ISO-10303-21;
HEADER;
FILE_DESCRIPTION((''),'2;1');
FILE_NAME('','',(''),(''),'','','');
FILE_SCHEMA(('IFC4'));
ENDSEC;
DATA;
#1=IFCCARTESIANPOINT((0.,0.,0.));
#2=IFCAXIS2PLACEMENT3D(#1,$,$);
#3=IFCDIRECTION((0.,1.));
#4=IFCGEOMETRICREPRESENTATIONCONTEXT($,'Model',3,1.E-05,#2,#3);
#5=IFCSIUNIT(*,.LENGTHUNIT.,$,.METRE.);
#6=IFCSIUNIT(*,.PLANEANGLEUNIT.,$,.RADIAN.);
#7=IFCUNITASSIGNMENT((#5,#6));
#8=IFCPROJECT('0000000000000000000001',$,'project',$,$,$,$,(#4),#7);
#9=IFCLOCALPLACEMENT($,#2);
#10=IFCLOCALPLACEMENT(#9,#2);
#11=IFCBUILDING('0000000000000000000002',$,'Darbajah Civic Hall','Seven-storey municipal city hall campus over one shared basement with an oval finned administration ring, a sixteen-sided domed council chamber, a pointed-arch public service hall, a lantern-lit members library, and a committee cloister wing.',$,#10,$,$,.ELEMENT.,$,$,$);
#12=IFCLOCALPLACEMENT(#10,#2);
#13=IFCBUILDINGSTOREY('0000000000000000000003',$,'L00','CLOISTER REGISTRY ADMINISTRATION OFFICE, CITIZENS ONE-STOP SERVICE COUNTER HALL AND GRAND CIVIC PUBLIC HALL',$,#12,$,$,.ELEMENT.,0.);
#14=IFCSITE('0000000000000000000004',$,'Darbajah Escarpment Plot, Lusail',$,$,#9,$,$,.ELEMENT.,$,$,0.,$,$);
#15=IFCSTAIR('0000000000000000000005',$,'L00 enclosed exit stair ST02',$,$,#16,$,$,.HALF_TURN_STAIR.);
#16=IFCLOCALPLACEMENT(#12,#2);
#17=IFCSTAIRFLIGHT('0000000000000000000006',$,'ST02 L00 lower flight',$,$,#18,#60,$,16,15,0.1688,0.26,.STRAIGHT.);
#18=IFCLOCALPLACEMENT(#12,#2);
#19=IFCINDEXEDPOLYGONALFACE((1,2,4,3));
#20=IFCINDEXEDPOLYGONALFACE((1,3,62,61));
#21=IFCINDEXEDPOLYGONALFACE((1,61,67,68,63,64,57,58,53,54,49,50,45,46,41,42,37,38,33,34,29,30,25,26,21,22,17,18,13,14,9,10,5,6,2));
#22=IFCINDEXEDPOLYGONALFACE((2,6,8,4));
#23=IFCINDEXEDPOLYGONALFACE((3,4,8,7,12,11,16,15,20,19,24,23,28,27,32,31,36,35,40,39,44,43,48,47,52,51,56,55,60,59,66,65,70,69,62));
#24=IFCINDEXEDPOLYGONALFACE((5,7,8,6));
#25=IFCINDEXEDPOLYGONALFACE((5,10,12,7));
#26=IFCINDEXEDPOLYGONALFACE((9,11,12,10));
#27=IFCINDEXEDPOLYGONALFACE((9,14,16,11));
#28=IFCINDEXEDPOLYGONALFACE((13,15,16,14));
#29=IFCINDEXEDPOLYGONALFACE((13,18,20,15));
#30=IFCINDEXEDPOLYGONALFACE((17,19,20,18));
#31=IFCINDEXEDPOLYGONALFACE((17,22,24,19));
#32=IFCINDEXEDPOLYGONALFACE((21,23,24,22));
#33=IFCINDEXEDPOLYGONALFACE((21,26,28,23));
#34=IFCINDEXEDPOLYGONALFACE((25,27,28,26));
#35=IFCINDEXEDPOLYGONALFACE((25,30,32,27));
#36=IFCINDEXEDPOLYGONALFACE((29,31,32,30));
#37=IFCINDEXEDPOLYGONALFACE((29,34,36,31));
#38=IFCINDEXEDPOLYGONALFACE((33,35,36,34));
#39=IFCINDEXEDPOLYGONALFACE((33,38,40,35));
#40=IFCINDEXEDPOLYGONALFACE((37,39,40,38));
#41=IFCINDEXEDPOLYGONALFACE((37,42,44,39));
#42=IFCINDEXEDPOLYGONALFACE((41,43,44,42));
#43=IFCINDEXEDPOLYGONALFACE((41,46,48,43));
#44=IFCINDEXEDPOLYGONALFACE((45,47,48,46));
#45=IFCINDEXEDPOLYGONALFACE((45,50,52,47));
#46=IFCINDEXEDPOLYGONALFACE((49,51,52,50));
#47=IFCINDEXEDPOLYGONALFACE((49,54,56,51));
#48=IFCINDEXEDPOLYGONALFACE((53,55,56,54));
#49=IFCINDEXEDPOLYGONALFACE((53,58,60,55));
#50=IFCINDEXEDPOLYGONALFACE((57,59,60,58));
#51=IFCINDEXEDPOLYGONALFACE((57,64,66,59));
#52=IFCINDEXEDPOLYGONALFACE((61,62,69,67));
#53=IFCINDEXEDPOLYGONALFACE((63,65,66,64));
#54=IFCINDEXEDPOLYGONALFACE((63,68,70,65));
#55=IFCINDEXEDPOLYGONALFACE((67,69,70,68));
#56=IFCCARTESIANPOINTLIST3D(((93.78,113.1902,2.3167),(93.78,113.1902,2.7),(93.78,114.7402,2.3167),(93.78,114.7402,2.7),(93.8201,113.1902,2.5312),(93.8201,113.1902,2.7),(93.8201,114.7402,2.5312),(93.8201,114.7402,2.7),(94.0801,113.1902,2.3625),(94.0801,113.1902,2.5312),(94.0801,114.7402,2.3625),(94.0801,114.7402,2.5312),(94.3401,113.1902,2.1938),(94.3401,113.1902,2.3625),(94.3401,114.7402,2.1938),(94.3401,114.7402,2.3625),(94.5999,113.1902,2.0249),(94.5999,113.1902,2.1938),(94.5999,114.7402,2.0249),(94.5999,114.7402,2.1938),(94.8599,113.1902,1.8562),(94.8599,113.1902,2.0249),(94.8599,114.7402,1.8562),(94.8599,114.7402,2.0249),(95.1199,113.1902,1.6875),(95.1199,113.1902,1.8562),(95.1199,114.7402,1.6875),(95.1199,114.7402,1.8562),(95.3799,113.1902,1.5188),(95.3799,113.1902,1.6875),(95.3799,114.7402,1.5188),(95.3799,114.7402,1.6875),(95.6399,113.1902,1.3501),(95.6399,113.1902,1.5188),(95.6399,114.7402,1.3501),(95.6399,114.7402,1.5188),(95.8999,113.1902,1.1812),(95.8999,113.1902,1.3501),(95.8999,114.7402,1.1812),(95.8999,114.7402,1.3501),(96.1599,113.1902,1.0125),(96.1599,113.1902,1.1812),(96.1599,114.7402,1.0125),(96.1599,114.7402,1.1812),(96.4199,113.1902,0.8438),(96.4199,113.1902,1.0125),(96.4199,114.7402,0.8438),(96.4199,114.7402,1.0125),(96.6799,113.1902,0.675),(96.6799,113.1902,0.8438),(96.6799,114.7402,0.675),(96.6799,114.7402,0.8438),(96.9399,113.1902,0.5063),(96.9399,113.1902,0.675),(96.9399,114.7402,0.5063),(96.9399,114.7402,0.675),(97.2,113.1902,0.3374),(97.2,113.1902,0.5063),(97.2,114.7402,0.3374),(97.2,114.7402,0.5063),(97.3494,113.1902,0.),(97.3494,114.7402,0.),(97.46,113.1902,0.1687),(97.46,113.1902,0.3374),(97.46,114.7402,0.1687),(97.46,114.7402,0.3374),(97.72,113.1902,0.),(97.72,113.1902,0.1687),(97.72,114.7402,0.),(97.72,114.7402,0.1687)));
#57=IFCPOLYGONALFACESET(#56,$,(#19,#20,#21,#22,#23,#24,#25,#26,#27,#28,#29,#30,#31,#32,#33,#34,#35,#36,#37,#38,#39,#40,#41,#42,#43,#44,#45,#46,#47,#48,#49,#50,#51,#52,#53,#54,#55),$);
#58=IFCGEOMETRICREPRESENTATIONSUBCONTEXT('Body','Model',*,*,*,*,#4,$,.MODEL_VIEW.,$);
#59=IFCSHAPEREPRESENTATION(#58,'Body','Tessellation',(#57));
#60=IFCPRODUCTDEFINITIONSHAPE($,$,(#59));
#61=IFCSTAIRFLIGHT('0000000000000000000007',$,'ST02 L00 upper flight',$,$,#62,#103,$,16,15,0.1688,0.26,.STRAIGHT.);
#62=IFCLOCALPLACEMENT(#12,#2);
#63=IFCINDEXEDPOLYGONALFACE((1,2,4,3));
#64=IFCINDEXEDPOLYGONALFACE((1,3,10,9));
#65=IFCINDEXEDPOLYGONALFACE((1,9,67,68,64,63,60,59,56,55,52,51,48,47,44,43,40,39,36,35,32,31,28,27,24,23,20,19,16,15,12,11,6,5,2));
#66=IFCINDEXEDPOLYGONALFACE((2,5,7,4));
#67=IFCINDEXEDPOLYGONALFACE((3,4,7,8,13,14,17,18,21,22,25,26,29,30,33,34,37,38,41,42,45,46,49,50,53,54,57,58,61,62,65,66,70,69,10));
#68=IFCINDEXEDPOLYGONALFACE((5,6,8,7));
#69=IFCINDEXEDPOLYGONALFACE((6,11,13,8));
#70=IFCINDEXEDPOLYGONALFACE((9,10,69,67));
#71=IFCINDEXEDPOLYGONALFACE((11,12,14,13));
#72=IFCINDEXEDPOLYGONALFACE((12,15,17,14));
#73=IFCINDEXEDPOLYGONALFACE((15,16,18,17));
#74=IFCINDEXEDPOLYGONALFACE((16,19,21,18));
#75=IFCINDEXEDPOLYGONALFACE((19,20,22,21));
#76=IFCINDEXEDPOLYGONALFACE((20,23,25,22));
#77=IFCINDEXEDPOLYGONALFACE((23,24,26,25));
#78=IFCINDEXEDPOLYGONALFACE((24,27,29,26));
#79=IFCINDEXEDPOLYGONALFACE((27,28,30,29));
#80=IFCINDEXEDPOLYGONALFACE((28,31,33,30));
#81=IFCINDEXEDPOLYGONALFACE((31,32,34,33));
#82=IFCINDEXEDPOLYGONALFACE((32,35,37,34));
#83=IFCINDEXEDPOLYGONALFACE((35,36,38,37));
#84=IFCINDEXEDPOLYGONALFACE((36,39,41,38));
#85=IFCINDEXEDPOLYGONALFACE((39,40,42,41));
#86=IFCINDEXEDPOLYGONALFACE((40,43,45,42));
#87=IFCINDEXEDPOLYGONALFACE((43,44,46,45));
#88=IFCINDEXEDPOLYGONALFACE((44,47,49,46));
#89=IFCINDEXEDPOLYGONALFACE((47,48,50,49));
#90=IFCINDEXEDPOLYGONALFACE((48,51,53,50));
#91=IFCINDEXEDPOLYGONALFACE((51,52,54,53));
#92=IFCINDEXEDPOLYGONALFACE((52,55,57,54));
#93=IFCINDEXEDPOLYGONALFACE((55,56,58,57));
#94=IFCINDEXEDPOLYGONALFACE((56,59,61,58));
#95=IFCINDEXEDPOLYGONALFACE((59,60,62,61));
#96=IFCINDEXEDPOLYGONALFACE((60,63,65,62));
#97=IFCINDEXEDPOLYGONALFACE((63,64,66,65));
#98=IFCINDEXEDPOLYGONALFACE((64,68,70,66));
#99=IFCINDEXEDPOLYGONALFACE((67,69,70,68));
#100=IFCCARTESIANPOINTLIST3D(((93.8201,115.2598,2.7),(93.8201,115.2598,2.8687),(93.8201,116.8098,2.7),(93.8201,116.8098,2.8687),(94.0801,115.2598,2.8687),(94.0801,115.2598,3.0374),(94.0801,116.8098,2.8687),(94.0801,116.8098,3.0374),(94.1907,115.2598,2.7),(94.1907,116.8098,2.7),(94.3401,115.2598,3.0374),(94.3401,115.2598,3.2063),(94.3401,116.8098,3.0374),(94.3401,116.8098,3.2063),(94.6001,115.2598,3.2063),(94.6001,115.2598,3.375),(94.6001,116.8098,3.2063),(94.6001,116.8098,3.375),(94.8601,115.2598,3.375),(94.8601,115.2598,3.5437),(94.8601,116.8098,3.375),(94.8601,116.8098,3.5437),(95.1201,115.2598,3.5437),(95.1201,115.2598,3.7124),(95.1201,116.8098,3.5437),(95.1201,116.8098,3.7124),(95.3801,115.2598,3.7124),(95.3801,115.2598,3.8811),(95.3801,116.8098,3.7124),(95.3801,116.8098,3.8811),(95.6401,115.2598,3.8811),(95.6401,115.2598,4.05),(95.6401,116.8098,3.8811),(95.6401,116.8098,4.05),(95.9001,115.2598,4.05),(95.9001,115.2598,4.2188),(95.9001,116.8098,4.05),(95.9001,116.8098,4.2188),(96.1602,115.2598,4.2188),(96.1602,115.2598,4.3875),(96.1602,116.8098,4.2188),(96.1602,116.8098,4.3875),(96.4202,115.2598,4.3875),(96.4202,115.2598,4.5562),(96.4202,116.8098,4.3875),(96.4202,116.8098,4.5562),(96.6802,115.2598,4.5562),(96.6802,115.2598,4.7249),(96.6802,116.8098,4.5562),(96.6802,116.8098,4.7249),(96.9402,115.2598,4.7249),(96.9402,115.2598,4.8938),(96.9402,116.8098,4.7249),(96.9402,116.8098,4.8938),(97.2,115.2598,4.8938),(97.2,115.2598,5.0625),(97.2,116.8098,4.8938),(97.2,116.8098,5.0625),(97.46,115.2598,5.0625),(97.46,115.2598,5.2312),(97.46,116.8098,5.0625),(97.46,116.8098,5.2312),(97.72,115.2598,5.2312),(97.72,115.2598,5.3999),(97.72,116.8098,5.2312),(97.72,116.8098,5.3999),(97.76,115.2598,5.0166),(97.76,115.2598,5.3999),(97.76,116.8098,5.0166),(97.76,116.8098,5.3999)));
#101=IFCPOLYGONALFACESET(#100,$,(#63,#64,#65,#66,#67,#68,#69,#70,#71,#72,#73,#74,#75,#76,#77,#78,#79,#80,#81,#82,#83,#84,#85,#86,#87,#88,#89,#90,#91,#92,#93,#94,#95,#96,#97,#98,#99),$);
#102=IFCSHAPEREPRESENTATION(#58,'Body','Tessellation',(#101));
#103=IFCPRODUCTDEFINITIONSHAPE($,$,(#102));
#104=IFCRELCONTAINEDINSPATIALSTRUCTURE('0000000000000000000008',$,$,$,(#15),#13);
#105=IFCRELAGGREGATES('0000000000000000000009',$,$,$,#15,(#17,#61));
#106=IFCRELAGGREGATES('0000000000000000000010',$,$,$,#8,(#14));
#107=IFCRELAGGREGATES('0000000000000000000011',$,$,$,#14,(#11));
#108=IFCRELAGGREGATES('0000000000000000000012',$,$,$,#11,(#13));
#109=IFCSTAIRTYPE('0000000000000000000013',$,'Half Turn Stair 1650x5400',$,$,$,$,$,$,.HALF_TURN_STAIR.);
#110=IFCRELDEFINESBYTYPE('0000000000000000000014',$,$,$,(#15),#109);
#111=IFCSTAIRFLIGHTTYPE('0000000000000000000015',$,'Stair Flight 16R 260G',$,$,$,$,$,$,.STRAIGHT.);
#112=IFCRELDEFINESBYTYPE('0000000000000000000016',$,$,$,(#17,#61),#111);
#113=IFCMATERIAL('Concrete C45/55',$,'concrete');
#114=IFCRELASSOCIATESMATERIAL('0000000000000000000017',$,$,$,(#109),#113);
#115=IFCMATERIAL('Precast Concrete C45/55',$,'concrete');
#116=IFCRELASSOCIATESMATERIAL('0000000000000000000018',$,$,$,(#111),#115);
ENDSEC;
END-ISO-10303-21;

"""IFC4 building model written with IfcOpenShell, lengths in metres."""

from ifc_helpers import new_model, si_unit, direction, frame, origin, place, context, subcontext, project, spatial, polyline, outline, extrude, material, type_object, element, aggregate, save


model = new_model("IFC4")

# Units and contexts
model_context = context("Model", 3, precision=1e-05, world=origin(), true_north=direction((0.0, 1.0)))
body_context = subcontext(model_context, "Body", "Model", "MODEL_VIEW")
ifc_project = project(units=[si_unit("LENGTHUNIT", "METRE"), si_unit("PLANEANGLEUNIT", "RADIAN")], contexts=[model_context])

# Site, building, storey
site_placement = place(None, origin())
site = spatial("IfcSite", under=ifc_project, at=site_placement, Name="Darbajah Escarpment Plot, Lusail", CompositionType="ELEMENT", RefElevation=0.0)
building_placement = place(site_placement, origin())
building = spatial("IfcBuilding", under=site, at=building_placement, Name="Darbajah Civic Hall", Description="Seven-storey municipal city hall campus over one shared basement with an oval finned administration ring, a sixteen-sided domed council chamber, a pointed-arch public service hall, a lantern-lit members library, and a committee cloister wing.", CompositionType="ELEMENT")
storey_placement = place(building_placement, origin())
storey = spatial("IfcBuildingStorey", under=building, at=storey_placement, Name="L00", Description="CLOISTER REGISTRY ADMINISTRATION OFFICE, CITIZENS ONE-STOP SERVICE COUNTER HALL AND GRAND CIVIC PUBLIC HALL", CompositionType="ELEMENT", Elevation=0.0)

# Shared definitions
ifc_material_1 = material(Name="Concrete C45/55", Category="concrete")

# Shared definitions
stair_type = type_object("IfcStairType", Name="Half Turn Stair 1650x5400", PredefinedType="HALF_TURN_STAIR", material=ifc_material_1)
ifc_material_2 = material(Name="Precast Concrete C45/55", Category="concrete")
stair_flight_type = type_object("IfcStairFlightType", Name="Stair Flight 16R 260G", PredefinedType="STRAIGHT", material=ifc_material_2)

# Stair, stair flights
stair_1_placement = place(storey_placement, origin())
stair_1 = element("IfcStair", 1, at=stair_1_placement, inside=storey, type_object=stair_type, Name="L00 enclosed exit stair ST02", PredefinedType="HALF_TURN_STAIR")
stair_flight_1_placement = place(storey_placement, frame((97.72, 113.9651, 0.0), z_axis=(0.0, 0.0, 1.0), x_axis=(-1.0, 0.0, 0.0)))
stair_flight_1 = element("IfcStairFlight", 2, at=stair_flight_1_placement, type_object=stair_flight_type, Name="ST02 L00 lower flight", NumberOfRisers=16, NumberOfTreads=15, PredefinedType="STRAIGHT", RiserHeight=0.1688, TreadLength=0.26, context=body_context, shape_type="SweptSolid", body=[
    extrude(outline(polyline([(0.0, 0.0), (0.0, 0.1687), (0.26, 0.1687), (0.26, 0.3374), (0.52, 0.3374), (0.52, 0.5063), (0.78, 0.5063), (0.78, 0.675), (1.04, 0.675), (1.04, 0.8438), (1.3, 0.8438), (1.3, 1.0125), (1.5601, 1.0125), (1.5601, 1.1812), (1.8201, 1.1812), (1.8201, 1.3501), (2.0801, 1.3501), (2.0801, 1.5188), (2.3401, 1.5188), (2.3401, 1.6875), (2.6001, 1.6875), (2.6001, 1.8562), (2.8601, 1.8562), (2.8601, 2.0249), (3.1201, 2.0249), (3.1201, 2.1938), (3.3799, 2.1938), (3.3799, 2.3625), (3.6399, 2.3625), (3.6399, 2.5312), (3.8999, 2.5312), (3.8999, 2.7), (3.9399, 2.7), (3.9399, 2.3167), (0.3706, 0.0), (0.0, 0.0)])), frame((0.0, 0.7749, 0.0), z_axis=(0.0, -1.0, 0.0), x_axis=(1.0, 0.0, 0.0)), (0.0, 0.0, 1.0), 1.55),
])
stair_flight_2_placement = place(storey_placement, frame((93.8201, 116.0349, 2.7), z_axis=(0.0, 0.0, 1.0), x_axis=(1.0, 0.0, 0.0)))
stair_flight_2 = element("IfcStairFlight", 3, at=stair_flight_2_placement, type_object=stair_flight_type, Name="ST02 L00 upper flight", NumberOfRisers=16, NumberOfTreads=15, PredefinedType="STRAIGHT", RiserHeight=0.1688, TreadLength=0.26, context=body_context, shape_type="SweptSolid", body=[
    extrude(outline(polyline([(0.0, 0.0), (0.0, 0.1687), (0.26, 0.1687), (0.26, 0.3374), (0.52, 0.3374), (0.52, 0.5063), (0.78, 0.5063), (0.78, 0.675), (1.04, 0.675), (1.04, 0.8438), (1.3, 0.8438), (1.3, 1.0125), (1.5601, 1.0125), (1.5601, 1.1812), (1.8201, 1.1812), (1.8201, 1.3501), (2.0801, 1.3501), (2.0801, 1.5188), (2.3401, 1.5188), (2.3401, 1.6875), (2.6001, 1.6875), (2.6001, 1.8562), (2.8601, 1.8562), (2.8601, 2.0249), (3.1201, 2.0249), (3.1201, 2.1938), (3.3799, 2.1938), (3.3799, 2.3625), (3.6399, 2.3625), (3.6399, 2.5312), (3.8999, 2.5312), (3.8999, 2.7), (3.9399, 2.7), (3.9399, 2.3167), (0.3706, 0.0), (0.0, 0.0)])), frame((0.0, 0.7749, 0.0), z_axis=(0.0, -1.0, 0.0), x_axis=(1.0, 0.0, 0.0)), (0.0, 0.0, 1.0), 1.55),
])
aggregate(stair_1, [stair_flight_1, stair_flight_2])

save(model, "model.ifc")
